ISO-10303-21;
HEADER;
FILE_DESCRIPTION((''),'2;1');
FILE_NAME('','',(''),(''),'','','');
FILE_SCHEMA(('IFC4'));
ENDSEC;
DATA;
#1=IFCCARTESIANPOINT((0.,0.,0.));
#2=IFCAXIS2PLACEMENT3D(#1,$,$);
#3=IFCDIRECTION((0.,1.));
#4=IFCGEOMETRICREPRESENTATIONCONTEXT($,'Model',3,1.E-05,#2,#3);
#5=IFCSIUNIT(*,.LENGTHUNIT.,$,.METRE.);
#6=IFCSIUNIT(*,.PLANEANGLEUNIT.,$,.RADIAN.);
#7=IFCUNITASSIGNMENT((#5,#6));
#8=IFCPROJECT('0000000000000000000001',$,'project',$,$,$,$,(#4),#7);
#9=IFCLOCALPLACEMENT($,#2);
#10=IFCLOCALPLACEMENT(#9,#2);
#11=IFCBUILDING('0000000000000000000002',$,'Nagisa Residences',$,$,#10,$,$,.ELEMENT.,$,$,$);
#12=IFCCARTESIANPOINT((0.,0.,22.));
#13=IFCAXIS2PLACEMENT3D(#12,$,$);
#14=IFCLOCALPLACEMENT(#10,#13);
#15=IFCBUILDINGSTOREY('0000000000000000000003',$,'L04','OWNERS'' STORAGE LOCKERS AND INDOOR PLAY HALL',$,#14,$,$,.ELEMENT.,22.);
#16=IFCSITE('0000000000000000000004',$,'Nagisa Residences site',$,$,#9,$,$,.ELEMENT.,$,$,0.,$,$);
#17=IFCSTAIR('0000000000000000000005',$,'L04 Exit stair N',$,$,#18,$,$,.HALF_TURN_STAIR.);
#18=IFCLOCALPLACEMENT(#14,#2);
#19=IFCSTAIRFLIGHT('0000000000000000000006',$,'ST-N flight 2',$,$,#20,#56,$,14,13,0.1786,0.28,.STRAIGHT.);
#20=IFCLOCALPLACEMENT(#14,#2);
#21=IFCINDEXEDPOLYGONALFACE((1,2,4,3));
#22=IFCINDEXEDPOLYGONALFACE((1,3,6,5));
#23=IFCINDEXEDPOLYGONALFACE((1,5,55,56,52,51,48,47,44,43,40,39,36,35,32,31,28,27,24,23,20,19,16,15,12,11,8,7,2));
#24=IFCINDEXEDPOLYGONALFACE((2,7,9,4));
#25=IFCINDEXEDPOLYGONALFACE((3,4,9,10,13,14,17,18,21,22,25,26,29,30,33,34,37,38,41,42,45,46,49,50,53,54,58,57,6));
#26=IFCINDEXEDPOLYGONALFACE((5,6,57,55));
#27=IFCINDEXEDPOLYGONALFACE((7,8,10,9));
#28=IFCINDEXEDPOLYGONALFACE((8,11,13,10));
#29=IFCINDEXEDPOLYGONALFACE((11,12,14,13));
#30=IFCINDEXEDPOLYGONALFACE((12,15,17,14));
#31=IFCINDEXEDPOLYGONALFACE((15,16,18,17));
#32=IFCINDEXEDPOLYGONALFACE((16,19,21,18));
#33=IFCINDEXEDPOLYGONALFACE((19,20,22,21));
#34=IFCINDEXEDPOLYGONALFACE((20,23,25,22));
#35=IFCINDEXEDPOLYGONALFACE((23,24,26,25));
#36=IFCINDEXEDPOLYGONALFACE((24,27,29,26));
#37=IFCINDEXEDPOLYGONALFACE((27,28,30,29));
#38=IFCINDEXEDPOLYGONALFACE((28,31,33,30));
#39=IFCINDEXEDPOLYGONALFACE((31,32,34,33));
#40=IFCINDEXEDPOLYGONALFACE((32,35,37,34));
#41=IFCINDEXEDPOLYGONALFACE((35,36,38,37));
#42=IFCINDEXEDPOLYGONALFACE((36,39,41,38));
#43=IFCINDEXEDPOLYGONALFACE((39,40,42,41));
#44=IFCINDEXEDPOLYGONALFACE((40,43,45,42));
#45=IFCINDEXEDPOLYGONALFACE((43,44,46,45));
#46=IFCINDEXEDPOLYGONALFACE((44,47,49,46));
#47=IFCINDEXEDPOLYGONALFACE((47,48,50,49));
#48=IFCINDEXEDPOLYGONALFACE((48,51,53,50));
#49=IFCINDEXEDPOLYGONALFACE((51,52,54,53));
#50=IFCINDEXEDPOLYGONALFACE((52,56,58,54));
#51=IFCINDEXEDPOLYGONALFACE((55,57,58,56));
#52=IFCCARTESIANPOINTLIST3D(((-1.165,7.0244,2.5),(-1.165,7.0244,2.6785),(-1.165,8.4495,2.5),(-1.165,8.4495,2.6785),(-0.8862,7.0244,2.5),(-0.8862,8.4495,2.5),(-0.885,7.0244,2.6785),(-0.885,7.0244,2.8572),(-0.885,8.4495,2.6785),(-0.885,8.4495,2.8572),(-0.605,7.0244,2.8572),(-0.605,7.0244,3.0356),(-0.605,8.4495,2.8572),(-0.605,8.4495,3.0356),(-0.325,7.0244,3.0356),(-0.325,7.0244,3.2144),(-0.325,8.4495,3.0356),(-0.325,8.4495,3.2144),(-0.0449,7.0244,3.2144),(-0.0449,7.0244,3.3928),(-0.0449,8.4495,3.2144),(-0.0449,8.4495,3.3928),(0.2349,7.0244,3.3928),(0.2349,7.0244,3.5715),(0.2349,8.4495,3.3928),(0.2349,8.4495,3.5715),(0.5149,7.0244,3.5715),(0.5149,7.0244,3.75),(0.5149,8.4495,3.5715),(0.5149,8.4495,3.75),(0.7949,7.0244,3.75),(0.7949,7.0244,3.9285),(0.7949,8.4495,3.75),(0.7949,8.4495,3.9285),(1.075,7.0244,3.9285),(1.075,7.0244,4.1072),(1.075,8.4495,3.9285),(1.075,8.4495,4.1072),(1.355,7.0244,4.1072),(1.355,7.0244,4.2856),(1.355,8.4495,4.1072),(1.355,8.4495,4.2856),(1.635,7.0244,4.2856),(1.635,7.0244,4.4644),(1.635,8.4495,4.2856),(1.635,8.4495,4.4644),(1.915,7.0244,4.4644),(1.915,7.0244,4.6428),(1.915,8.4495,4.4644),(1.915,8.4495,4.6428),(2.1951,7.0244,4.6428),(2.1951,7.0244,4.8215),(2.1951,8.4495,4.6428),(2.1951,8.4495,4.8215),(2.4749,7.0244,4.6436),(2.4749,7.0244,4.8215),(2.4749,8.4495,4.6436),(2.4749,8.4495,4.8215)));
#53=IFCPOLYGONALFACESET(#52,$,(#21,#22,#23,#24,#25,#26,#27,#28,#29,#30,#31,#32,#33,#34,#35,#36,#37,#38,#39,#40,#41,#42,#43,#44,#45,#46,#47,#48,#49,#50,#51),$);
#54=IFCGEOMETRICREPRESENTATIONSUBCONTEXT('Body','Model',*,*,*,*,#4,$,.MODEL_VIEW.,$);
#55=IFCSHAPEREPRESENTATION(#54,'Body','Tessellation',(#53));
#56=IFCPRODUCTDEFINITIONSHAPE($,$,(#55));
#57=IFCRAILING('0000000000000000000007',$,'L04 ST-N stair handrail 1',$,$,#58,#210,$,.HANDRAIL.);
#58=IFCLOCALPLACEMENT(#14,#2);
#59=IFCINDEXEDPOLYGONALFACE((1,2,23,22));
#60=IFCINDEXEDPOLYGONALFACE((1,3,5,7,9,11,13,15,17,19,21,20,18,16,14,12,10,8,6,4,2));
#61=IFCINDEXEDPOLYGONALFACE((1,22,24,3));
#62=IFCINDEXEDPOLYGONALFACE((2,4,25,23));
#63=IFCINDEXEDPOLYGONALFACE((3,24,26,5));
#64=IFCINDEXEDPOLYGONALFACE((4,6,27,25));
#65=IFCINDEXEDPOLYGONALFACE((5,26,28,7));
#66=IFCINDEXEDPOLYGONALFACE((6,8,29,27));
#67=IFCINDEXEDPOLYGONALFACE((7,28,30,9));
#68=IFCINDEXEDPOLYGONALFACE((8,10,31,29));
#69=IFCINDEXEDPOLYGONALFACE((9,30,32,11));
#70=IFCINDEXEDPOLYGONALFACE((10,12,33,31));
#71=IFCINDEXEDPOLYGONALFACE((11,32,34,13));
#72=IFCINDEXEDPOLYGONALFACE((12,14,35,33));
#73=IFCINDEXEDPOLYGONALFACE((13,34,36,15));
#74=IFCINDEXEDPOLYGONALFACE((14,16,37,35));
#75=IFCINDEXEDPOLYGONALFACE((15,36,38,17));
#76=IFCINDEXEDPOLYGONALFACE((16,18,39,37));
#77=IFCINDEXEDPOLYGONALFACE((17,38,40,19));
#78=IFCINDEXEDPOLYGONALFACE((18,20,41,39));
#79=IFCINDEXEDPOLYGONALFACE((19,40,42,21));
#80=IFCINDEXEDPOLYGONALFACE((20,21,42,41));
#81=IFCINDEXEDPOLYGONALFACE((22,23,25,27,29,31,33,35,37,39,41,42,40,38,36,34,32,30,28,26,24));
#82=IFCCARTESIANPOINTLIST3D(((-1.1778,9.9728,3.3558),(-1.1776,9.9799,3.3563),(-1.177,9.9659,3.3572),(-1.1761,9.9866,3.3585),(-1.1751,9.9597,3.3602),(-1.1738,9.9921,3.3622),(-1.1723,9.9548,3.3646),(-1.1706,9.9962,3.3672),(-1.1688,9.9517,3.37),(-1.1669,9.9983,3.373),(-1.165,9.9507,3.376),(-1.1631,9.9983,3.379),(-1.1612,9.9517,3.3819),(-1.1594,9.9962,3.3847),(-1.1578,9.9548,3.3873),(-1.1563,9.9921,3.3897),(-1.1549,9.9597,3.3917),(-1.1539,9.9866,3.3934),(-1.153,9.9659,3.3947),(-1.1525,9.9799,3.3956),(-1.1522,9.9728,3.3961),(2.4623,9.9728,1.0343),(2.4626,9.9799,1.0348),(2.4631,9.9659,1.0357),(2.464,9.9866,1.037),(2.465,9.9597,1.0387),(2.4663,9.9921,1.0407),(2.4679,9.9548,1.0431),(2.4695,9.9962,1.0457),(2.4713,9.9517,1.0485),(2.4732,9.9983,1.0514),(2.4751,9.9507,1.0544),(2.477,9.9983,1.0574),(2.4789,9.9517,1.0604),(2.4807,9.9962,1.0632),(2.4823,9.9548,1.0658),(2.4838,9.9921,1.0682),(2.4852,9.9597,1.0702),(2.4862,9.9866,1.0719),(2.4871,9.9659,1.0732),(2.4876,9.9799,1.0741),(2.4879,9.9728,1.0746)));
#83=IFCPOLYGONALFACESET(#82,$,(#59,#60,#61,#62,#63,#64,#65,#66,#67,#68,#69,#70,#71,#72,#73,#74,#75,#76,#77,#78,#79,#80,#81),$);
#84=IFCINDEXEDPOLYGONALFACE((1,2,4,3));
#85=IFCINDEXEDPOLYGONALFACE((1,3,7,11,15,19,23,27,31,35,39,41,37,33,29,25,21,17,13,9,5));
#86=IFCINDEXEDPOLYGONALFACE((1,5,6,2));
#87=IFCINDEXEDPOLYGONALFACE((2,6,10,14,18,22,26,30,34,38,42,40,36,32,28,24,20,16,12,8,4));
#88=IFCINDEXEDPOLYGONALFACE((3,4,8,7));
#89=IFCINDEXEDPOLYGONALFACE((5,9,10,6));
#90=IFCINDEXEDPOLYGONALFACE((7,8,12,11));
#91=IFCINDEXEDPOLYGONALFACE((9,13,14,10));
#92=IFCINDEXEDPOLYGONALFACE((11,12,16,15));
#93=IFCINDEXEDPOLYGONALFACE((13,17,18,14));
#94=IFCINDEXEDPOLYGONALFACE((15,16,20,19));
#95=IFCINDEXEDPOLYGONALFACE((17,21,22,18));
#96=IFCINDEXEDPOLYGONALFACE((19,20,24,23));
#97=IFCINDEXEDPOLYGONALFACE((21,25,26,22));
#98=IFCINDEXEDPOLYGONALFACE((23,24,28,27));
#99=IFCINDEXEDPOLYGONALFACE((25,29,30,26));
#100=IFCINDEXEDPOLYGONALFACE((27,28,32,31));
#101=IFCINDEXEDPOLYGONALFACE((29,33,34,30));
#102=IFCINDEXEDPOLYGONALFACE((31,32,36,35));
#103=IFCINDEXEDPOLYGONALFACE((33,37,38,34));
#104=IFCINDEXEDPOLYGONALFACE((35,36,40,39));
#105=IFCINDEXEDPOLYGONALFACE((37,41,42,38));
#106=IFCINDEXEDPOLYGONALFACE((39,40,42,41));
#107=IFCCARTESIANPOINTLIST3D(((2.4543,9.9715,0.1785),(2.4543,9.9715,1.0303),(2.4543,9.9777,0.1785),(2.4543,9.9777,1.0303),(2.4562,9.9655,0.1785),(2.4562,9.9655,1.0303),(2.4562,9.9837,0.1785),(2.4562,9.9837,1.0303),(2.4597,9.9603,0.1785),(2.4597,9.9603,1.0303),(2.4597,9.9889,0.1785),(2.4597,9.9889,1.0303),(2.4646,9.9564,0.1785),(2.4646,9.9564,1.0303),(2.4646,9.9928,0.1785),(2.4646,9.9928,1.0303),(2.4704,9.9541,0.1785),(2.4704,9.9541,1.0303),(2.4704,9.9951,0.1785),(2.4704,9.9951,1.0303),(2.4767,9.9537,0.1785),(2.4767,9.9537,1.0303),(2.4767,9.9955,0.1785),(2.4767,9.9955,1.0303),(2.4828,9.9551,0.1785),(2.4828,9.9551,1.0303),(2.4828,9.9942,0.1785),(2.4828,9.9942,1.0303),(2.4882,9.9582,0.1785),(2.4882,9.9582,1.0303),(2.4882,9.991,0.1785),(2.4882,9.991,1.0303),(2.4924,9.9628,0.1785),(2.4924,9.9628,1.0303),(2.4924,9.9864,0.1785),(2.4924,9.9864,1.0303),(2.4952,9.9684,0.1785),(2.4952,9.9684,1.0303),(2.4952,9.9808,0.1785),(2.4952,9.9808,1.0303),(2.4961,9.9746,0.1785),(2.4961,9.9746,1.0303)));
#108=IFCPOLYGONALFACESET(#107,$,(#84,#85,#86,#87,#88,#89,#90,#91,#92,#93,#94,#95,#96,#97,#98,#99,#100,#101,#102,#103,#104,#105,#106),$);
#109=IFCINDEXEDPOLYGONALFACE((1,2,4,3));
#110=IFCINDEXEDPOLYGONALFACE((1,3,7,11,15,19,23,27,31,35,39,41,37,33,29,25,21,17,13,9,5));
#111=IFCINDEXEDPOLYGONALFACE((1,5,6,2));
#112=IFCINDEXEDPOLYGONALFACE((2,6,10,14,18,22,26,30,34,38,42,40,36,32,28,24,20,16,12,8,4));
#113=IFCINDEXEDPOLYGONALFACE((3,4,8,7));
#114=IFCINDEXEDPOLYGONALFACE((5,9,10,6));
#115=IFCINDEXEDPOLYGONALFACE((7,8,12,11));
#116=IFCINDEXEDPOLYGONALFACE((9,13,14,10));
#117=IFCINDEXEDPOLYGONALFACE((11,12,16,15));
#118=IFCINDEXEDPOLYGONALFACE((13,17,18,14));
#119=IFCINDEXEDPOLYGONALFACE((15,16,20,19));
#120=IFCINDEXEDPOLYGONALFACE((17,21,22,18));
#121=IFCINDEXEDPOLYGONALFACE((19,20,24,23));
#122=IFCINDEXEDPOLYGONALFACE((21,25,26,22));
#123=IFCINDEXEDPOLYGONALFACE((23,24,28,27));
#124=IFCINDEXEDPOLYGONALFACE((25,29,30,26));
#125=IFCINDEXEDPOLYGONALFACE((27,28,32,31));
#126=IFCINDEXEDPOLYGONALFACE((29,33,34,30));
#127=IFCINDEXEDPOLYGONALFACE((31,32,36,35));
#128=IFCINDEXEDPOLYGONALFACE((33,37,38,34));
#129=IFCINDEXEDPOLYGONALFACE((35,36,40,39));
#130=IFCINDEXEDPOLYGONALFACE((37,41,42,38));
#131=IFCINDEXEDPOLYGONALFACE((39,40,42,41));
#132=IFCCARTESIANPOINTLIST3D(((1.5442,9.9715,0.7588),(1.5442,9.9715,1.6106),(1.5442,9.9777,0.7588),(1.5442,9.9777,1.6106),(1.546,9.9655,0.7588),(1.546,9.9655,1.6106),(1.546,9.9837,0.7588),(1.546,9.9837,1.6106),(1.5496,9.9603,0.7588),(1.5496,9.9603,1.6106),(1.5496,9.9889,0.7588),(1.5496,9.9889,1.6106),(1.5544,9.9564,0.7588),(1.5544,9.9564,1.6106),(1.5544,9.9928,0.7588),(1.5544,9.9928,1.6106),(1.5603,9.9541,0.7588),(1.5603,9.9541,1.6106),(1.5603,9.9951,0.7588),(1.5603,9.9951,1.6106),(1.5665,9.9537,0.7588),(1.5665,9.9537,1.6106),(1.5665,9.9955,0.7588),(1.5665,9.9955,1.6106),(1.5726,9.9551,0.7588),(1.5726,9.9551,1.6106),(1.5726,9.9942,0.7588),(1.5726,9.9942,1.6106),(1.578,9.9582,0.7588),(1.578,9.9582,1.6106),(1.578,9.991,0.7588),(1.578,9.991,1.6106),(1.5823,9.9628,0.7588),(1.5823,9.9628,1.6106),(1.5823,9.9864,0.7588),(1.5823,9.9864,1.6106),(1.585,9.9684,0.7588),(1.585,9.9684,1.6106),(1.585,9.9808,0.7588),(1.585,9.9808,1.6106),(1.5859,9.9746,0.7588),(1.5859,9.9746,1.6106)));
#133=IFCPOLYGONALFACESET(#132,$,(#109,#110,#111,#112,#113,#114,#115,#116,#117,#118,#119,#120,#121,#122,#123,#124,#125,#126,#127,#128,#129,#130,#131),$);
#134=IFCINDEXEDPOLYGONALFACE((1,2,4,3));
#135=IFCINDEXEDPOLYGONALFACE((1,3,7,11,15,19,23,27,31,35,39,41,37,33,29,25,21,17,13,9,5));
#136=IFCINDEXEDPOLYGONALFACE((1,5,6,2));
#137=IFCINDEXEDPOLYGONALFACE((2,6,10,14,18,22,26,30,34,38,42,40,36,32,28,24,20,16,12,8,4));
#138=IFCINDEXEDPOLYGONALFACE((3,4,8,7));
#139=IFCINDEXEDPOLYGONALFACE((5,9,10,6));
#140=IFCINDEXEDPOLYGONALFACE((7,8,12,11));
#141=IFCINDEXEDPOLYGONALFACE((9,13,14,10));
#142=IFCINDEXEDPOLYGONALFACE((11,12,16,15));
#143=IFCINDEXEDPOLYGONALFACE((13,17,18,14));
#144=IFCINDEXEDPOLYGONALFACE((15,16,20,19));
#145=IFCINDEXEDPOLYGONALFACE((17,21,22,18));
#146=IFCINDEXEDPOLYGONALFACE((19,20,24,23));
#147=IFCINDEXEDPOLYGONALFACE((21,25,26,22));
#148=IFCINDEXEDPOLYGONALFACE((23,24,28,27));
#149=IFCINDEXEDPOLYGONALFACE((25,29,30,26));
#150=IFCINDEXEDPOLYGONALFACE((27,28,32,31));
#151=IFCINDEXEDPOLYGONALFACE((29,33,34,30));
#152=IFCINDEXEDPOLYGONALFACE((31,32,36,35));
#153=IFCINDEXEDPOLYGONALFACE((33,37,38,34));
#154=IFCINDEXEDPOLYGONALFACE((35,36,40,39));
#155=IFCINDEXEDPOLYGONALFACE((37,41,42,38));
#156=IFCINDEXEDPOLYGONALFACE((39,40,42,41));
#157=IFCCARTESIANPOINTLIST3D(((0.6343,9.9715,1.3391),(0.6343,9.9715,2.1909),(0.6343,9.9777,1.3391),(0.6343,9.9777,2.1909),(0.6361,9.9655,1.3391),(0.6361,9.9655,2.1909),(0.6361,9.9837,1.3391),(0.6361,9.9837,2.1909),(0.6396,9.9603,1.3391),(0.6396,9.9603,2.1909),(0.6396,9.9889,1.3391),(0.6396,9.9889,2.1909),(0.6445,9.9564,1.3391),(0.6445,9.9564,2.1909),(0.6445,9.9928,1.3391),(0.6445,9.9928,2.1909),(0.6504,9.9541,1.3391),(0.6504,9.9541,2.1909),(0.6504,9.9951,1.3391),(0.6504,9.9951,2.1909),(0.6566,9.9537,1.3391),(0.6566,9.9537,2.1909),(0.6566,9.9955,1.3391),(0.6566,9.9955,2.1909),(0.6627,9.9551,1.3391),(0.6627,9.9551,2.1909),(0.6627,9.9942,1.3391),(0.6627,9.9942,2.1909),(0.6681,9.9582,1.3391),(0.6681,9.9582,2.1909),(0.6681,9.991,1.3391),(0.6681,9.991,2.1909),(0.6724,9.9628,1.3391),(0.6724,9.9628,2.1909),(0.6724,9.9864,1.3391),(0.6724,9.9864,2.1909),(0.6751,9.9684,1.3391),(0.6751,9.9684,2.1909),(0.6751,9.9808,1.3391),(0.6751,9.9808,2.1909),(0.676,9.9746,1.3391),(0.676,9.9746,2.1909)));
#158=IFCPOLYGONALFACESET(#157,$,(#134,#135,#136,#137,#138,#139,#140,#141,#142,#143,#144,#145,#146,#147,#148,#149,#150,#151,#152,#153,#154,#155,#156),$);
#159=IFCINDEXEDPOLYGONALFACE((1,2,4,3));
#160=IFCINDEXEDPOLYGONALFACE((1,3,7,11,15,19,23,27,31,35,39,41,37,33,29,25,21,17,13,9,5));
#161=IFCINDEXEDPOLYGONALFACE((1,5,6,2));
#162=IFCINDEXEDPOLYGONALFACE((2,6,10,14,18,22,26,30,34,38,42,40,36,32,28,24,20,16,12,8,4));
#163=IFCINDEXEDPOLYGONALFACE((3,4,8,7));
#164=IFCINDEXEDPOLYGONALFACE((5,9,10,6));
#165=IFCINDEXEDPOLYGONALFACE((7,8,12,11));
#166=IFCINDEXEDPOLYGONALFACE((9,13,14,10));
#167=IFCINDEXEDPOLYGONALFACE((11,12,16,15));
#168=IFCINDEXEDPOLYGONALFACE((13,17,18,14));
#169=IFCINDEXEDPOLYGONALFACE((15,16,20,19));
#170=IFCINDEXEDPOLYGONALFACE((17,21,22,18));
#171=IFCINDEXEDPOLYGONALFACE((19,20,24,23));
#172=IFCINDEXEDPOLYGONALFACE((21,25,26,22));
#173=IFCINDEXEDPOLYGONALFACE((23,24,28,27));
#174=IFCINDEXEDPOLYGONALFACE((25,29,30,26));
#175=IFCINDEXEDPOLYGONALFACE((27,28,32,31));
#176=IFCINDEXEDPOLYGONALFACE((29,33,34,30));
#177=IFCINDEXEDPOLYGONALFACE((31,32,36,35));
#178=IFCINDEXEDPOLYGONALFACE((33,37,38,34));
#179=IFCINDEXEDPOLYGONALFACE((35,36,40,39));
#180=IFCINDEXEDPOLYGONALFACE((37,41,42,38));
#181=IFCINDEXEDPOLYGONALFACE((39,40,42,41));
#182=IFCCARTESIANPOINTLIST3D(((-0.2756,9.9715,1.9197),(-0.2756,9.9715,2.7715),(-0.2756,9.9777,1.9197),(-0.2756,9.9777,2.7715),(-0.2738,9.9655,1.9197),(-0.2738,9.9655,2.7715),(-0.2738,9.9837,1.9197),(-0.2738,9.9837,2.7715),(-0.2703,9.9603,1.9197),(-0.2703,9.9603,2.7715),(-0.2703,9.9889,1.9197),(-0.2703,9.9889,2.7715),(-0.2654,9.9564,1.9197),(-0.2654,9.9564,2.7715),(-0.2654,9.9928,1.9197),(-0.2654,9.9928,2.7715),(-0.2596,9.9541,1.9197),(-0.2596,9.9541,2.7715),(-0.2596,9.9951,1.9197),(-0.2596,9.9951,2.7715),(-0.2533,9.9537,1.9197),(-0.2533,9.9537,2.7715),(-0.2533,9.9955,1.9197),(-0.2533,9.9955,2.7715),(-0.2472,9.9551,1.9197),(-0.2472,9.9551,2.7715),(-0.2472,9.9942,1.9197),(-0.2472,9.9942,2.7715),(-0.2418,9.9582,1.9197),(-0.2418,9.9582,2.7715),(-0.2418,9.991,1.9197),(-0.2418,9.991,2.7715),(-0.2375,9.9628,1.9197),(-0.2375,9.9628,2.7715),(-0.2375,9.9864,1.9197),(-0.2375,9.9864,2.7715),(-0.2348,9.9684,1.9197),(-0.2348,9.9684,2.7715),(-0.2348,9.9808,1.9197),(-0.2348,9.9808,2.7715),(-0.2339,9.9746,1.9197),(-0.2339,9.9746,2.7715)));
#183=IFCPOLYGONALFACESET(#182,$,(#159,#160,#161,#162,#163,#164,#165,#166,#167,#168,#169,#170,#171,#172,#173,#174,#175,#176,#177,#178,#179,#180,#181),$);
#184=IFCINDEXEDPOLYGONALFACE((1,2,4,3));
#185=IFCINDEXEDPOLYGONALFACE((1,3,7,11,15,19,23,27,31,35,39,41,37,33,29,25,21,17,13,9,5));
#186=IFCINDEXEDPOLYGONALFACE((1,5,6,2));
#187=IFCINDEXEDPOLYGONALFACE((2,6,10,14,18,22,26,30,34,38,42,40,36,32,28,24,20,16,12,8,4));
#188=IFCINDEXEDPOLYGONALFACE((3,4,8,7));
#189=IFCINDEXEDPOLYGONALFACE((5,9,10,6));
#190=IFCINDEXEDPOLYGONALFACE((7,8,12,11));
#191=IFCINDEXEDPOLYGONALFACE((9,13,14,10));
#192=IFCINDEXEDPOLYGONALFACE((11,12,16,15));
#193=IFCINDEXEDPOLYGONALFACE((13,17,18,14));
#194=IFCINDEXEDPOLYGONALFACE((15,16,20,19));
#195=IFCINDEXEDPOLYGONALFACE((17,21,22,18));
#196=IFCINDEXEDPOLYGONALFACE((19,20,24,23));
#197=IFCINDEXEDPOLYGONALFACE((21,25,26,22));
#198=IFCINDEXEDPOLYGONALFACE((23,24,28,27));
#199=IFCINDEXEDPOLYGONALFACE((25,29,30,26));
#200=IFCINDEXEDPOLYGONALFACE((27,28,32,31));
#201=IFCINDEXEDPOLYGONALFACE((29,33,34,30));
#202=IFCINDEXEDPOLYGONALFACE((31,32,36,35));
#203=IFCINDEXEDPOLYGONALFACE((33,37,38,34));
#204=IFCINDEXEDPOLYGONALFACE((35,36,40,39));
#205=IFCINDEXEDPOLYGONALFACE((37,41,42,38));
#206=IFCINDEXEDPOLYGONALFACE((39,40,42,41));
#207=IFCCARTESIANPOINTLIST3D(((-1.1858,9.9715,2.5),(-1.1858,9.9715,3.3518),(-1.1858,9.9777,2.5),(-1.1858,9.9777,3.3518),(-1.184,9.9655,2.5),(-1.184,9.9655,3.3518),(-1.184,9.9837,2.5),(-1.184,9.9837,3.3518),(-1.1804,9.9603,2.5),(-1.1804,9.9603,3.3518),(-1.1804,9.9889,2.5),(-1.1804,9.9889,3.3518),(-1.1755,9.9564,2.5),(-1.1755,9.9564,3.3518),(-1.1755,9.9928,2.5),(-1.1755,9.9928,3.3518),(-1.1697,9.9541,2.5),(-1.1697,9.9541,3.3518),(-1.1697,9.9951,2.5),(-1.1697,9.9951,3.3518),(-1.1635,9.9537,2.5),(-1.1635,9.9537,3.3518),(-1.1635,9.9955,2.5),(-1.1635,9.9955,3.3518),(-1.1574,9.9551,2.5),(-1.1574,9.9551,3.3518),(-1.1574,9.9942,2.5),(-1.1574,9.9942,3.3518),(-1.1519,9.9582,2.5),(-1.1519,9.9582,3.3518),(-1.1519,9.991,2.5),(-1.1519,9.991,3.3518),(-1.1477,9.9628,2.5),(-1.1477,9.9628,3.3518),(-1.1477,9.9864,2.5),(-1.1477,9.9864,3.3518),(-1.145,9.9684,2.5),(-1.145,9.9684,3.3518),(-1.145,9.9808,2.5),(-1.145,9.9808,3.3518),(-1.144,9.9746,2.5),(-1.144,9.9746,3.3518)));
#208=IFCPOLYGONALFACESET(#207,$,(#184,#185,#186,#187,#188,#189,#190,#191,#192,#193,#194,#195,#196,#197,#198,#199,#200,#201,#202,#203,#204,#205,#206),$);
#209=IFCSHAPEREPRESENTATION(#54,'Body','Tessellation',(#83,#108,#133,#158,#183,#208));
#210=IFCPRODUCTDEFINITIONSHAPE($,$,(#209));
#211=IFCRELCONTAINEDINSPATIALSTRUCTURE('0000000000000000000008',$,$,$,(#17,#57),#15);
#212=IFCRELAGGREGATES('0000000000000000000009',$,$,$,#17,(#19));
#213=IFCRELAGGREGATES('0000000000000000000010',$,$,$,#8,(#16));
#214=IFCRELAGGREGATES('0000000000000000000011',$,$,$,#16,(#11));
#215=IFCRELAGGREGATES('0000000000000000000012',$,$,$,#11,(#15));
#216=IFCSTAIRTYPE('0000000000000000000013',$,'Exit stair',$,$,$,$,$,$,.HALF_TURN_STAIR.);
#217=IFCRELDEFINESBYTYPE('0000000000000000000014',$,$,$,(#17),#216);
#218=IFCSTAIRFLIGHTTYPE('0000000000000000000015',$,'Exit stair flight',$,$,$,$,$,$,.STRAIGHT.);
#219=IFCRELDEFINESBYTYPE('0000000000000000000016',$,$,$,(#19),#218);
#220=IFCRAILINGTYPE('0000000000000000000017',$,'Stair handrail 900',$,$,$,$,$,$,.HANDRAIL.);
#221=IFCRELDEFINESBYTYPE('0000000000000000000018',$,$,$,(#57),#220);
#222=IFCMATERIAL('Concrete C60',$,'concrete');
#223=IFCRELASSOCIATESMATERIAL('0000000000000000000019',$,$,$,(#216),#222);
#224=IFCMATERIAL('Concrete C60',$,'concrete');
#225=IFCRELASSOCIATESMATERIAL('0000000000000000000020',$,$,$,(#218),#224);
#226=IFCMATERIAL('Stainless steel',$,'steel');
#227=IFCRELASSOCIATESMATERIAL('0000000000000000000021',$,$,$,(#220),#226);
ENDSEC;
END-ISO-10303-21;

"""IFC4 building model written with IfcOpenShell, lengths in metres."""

from ifc_helpers import new_model, si_unit, direction, frame, origin, origin_2d, place, context, subcontext, project, spatial, polyline, circle, outline, extrude, material, type_object, element, aggregate, save


model = new_model("IFC4")

# Units and contexts
model_context = context("Model", 3, precision=1e-05, world=origin(), true_north=direction((0.0, 1.0)))
body_context = subcontext(model_context, "Body", "Model", "MODEL_VIEW")
ifc_project = project(units=[si_unit("LENGTHUNIT", "METRE"), si_unit("PLANEANGLEUNIT", "RADIAN")], contexts=[model_context])

# Site, building, storey
site_placement = place(None, origin())
site = spatial("IfcSite", under=ifc_project, at=site_placement, Name="Nagisa Residences site", CompositionType="ELEMENT", RefElevation=0.0)
building_placement = place(site_placement, origin())
building = spatial("IfcBuilding", under=site, at=building_placement, Name="Nagisa Residences", CompositionType="ELEMENT")
storey_placement = place(building_placement, frame((0.0, 0.0, 22.0)))
storey = spatial("IfcBuildingStorey", under=building, at=storey_placement, Name="L04", Description="OWNERS' STORAGE LOCKERS AND INDOOR PLAY HALL", CompositionType="ELEMENT", Elevation=22.0)

# Stair, stair flight
ifc_material_1 = material(Name="Concrete C60", Category="concrete")
stair_type = type_object("IfcStairType", Name="Exit stair", PredefinedType="HALF_TURN_STAIR", material=ifc_material_1)
stair_placement = place(storey_placement, origin())
stair = element("IfcStair", 1, at=stair_placement, inside=storey, type_object=stair_type, Name="L04 Exit stair N", PredefinedType="HALF_TURN_STAIR")
ifc_material_2 = material(Name="Concrete C60", Category="concrete")
stair_flight_type = type_object("IfcStairFlightType", Name="Exit stair flight", PredefinedType="STRAIGHT", material=ifc_material_2)
stair_flight_1_placement = place(storey_placement, frame((-1.165, 7.7371, 2.5), z_axis=(0.0, 0.0, 1.0), x_axis=(1.0, 0.0, 0.0)))
stair_flight_1 = element("IfcStairFlight", 2, at=stair_flight_1_placement, type_object=stair_flight_type, Name="ST-N flight 2", NumberOfRisers=14, NumberOfTreads=13, PredefinedType="STRAIGHT", RiserHeight=0.1786, TreadLength=0.28, context=body_context, shape_type="SweptSolid", body=[
    extrude(outline(polyline([(0.0, 0.0), (0.0, 0.1785), (0.28, 0.1785), (0.28, 0.3572), (0.5601, 0.3572), (0.5601, 0.5356), (0.8401, 0.5356), (0.8401, 0.7144), (1.1201, 0.7144), (1.1201, 0.8928), (1.3999, 0.8928), (1.3999, 1.0715), (1.6799, 1.0715), (1.6799, 1.25), (1.96, 1.25), (1.96, 1.4285), (2.24, 1.4285), (2.24, 1.6072), (2.52, 1.6072), (2.52, 1.7856), (2.8, 1.7856), (2.8, 1.9644), (3.0801, 1.9644), (3.0801, 2.1428), (3.3601, 2.1428), (3.3601, 2.3215), (3.6399, 2.3215), (3.6399, 2.5), (3.6399, 2.1436), (0.2788, 0.0), (0.0, 0.0)])), frame((0.0, 0.7124, 0.0), z_axis=(0.0, -1.0, 0.0), x_axis=(1.0, 0.0, 0.0)), (0.0, 0.0, 1.0), 1.425),
])
aggregate(stair, [stair_flight_1])

# Railing
ifc_material_3 = material(Name="Stainless steel", Category="steel")
railing_type_1 = type_object("IfcRailingType", Name="Stair handrail 900", PredefinedType="HANDRAIL", material=ifc_material_3)
railing_1_placement = place(storey_placement, frame((2.4751, 9.9746, 0.1785)))
element("IfcRailing", 3, at=railing_1_placement, inside=storey, type_object=railing_type_1, Name="L04 ST-N stair handrail 1", PredefinedType="HANDRAIL", context=body_context, shape_type="SweptSolid", body=[
    extrude(circle(Radius=0.0239, at=origin_2d()), frame((0.0, 0.0, 0.876), z_axis=(-0.843128, 0.0, 0.537713), x_axis=(0.0, -1.0, 0.0)), (0.0, 0.0, 1.0), 4.3174),
    extrude(circle(Radius=0.021, at=origin_2d()), origin(), (0.0, 0.0, 1.0), 0.8518),
    extrude(circle(Radius=0.021, at=origin_2d()), frame((-0.9102, 0.0, 0.5803)), (0.0, 0.0, 1.0), 0.8518),
    extrude(circle(Radius=0.021, at=origin_2d()), frame((-1.8201, 0.0, 1.1606)), (0.0, 0.0, 1.0), 0.8518),
    extrude(circle(Radius=0.021, at=origin_2d()), frame((-2.73, 0.0, 1.7412)), (0.0, 0.0, 1.0), 0.8518),
    extrude(circle(Radius=0.021, at=origin_2d()), frame((-3.6401, 0.0, 2.3215)), (0.0, 0.0, 1.0), 0.8518),
])

save(model, "model.ifc")
